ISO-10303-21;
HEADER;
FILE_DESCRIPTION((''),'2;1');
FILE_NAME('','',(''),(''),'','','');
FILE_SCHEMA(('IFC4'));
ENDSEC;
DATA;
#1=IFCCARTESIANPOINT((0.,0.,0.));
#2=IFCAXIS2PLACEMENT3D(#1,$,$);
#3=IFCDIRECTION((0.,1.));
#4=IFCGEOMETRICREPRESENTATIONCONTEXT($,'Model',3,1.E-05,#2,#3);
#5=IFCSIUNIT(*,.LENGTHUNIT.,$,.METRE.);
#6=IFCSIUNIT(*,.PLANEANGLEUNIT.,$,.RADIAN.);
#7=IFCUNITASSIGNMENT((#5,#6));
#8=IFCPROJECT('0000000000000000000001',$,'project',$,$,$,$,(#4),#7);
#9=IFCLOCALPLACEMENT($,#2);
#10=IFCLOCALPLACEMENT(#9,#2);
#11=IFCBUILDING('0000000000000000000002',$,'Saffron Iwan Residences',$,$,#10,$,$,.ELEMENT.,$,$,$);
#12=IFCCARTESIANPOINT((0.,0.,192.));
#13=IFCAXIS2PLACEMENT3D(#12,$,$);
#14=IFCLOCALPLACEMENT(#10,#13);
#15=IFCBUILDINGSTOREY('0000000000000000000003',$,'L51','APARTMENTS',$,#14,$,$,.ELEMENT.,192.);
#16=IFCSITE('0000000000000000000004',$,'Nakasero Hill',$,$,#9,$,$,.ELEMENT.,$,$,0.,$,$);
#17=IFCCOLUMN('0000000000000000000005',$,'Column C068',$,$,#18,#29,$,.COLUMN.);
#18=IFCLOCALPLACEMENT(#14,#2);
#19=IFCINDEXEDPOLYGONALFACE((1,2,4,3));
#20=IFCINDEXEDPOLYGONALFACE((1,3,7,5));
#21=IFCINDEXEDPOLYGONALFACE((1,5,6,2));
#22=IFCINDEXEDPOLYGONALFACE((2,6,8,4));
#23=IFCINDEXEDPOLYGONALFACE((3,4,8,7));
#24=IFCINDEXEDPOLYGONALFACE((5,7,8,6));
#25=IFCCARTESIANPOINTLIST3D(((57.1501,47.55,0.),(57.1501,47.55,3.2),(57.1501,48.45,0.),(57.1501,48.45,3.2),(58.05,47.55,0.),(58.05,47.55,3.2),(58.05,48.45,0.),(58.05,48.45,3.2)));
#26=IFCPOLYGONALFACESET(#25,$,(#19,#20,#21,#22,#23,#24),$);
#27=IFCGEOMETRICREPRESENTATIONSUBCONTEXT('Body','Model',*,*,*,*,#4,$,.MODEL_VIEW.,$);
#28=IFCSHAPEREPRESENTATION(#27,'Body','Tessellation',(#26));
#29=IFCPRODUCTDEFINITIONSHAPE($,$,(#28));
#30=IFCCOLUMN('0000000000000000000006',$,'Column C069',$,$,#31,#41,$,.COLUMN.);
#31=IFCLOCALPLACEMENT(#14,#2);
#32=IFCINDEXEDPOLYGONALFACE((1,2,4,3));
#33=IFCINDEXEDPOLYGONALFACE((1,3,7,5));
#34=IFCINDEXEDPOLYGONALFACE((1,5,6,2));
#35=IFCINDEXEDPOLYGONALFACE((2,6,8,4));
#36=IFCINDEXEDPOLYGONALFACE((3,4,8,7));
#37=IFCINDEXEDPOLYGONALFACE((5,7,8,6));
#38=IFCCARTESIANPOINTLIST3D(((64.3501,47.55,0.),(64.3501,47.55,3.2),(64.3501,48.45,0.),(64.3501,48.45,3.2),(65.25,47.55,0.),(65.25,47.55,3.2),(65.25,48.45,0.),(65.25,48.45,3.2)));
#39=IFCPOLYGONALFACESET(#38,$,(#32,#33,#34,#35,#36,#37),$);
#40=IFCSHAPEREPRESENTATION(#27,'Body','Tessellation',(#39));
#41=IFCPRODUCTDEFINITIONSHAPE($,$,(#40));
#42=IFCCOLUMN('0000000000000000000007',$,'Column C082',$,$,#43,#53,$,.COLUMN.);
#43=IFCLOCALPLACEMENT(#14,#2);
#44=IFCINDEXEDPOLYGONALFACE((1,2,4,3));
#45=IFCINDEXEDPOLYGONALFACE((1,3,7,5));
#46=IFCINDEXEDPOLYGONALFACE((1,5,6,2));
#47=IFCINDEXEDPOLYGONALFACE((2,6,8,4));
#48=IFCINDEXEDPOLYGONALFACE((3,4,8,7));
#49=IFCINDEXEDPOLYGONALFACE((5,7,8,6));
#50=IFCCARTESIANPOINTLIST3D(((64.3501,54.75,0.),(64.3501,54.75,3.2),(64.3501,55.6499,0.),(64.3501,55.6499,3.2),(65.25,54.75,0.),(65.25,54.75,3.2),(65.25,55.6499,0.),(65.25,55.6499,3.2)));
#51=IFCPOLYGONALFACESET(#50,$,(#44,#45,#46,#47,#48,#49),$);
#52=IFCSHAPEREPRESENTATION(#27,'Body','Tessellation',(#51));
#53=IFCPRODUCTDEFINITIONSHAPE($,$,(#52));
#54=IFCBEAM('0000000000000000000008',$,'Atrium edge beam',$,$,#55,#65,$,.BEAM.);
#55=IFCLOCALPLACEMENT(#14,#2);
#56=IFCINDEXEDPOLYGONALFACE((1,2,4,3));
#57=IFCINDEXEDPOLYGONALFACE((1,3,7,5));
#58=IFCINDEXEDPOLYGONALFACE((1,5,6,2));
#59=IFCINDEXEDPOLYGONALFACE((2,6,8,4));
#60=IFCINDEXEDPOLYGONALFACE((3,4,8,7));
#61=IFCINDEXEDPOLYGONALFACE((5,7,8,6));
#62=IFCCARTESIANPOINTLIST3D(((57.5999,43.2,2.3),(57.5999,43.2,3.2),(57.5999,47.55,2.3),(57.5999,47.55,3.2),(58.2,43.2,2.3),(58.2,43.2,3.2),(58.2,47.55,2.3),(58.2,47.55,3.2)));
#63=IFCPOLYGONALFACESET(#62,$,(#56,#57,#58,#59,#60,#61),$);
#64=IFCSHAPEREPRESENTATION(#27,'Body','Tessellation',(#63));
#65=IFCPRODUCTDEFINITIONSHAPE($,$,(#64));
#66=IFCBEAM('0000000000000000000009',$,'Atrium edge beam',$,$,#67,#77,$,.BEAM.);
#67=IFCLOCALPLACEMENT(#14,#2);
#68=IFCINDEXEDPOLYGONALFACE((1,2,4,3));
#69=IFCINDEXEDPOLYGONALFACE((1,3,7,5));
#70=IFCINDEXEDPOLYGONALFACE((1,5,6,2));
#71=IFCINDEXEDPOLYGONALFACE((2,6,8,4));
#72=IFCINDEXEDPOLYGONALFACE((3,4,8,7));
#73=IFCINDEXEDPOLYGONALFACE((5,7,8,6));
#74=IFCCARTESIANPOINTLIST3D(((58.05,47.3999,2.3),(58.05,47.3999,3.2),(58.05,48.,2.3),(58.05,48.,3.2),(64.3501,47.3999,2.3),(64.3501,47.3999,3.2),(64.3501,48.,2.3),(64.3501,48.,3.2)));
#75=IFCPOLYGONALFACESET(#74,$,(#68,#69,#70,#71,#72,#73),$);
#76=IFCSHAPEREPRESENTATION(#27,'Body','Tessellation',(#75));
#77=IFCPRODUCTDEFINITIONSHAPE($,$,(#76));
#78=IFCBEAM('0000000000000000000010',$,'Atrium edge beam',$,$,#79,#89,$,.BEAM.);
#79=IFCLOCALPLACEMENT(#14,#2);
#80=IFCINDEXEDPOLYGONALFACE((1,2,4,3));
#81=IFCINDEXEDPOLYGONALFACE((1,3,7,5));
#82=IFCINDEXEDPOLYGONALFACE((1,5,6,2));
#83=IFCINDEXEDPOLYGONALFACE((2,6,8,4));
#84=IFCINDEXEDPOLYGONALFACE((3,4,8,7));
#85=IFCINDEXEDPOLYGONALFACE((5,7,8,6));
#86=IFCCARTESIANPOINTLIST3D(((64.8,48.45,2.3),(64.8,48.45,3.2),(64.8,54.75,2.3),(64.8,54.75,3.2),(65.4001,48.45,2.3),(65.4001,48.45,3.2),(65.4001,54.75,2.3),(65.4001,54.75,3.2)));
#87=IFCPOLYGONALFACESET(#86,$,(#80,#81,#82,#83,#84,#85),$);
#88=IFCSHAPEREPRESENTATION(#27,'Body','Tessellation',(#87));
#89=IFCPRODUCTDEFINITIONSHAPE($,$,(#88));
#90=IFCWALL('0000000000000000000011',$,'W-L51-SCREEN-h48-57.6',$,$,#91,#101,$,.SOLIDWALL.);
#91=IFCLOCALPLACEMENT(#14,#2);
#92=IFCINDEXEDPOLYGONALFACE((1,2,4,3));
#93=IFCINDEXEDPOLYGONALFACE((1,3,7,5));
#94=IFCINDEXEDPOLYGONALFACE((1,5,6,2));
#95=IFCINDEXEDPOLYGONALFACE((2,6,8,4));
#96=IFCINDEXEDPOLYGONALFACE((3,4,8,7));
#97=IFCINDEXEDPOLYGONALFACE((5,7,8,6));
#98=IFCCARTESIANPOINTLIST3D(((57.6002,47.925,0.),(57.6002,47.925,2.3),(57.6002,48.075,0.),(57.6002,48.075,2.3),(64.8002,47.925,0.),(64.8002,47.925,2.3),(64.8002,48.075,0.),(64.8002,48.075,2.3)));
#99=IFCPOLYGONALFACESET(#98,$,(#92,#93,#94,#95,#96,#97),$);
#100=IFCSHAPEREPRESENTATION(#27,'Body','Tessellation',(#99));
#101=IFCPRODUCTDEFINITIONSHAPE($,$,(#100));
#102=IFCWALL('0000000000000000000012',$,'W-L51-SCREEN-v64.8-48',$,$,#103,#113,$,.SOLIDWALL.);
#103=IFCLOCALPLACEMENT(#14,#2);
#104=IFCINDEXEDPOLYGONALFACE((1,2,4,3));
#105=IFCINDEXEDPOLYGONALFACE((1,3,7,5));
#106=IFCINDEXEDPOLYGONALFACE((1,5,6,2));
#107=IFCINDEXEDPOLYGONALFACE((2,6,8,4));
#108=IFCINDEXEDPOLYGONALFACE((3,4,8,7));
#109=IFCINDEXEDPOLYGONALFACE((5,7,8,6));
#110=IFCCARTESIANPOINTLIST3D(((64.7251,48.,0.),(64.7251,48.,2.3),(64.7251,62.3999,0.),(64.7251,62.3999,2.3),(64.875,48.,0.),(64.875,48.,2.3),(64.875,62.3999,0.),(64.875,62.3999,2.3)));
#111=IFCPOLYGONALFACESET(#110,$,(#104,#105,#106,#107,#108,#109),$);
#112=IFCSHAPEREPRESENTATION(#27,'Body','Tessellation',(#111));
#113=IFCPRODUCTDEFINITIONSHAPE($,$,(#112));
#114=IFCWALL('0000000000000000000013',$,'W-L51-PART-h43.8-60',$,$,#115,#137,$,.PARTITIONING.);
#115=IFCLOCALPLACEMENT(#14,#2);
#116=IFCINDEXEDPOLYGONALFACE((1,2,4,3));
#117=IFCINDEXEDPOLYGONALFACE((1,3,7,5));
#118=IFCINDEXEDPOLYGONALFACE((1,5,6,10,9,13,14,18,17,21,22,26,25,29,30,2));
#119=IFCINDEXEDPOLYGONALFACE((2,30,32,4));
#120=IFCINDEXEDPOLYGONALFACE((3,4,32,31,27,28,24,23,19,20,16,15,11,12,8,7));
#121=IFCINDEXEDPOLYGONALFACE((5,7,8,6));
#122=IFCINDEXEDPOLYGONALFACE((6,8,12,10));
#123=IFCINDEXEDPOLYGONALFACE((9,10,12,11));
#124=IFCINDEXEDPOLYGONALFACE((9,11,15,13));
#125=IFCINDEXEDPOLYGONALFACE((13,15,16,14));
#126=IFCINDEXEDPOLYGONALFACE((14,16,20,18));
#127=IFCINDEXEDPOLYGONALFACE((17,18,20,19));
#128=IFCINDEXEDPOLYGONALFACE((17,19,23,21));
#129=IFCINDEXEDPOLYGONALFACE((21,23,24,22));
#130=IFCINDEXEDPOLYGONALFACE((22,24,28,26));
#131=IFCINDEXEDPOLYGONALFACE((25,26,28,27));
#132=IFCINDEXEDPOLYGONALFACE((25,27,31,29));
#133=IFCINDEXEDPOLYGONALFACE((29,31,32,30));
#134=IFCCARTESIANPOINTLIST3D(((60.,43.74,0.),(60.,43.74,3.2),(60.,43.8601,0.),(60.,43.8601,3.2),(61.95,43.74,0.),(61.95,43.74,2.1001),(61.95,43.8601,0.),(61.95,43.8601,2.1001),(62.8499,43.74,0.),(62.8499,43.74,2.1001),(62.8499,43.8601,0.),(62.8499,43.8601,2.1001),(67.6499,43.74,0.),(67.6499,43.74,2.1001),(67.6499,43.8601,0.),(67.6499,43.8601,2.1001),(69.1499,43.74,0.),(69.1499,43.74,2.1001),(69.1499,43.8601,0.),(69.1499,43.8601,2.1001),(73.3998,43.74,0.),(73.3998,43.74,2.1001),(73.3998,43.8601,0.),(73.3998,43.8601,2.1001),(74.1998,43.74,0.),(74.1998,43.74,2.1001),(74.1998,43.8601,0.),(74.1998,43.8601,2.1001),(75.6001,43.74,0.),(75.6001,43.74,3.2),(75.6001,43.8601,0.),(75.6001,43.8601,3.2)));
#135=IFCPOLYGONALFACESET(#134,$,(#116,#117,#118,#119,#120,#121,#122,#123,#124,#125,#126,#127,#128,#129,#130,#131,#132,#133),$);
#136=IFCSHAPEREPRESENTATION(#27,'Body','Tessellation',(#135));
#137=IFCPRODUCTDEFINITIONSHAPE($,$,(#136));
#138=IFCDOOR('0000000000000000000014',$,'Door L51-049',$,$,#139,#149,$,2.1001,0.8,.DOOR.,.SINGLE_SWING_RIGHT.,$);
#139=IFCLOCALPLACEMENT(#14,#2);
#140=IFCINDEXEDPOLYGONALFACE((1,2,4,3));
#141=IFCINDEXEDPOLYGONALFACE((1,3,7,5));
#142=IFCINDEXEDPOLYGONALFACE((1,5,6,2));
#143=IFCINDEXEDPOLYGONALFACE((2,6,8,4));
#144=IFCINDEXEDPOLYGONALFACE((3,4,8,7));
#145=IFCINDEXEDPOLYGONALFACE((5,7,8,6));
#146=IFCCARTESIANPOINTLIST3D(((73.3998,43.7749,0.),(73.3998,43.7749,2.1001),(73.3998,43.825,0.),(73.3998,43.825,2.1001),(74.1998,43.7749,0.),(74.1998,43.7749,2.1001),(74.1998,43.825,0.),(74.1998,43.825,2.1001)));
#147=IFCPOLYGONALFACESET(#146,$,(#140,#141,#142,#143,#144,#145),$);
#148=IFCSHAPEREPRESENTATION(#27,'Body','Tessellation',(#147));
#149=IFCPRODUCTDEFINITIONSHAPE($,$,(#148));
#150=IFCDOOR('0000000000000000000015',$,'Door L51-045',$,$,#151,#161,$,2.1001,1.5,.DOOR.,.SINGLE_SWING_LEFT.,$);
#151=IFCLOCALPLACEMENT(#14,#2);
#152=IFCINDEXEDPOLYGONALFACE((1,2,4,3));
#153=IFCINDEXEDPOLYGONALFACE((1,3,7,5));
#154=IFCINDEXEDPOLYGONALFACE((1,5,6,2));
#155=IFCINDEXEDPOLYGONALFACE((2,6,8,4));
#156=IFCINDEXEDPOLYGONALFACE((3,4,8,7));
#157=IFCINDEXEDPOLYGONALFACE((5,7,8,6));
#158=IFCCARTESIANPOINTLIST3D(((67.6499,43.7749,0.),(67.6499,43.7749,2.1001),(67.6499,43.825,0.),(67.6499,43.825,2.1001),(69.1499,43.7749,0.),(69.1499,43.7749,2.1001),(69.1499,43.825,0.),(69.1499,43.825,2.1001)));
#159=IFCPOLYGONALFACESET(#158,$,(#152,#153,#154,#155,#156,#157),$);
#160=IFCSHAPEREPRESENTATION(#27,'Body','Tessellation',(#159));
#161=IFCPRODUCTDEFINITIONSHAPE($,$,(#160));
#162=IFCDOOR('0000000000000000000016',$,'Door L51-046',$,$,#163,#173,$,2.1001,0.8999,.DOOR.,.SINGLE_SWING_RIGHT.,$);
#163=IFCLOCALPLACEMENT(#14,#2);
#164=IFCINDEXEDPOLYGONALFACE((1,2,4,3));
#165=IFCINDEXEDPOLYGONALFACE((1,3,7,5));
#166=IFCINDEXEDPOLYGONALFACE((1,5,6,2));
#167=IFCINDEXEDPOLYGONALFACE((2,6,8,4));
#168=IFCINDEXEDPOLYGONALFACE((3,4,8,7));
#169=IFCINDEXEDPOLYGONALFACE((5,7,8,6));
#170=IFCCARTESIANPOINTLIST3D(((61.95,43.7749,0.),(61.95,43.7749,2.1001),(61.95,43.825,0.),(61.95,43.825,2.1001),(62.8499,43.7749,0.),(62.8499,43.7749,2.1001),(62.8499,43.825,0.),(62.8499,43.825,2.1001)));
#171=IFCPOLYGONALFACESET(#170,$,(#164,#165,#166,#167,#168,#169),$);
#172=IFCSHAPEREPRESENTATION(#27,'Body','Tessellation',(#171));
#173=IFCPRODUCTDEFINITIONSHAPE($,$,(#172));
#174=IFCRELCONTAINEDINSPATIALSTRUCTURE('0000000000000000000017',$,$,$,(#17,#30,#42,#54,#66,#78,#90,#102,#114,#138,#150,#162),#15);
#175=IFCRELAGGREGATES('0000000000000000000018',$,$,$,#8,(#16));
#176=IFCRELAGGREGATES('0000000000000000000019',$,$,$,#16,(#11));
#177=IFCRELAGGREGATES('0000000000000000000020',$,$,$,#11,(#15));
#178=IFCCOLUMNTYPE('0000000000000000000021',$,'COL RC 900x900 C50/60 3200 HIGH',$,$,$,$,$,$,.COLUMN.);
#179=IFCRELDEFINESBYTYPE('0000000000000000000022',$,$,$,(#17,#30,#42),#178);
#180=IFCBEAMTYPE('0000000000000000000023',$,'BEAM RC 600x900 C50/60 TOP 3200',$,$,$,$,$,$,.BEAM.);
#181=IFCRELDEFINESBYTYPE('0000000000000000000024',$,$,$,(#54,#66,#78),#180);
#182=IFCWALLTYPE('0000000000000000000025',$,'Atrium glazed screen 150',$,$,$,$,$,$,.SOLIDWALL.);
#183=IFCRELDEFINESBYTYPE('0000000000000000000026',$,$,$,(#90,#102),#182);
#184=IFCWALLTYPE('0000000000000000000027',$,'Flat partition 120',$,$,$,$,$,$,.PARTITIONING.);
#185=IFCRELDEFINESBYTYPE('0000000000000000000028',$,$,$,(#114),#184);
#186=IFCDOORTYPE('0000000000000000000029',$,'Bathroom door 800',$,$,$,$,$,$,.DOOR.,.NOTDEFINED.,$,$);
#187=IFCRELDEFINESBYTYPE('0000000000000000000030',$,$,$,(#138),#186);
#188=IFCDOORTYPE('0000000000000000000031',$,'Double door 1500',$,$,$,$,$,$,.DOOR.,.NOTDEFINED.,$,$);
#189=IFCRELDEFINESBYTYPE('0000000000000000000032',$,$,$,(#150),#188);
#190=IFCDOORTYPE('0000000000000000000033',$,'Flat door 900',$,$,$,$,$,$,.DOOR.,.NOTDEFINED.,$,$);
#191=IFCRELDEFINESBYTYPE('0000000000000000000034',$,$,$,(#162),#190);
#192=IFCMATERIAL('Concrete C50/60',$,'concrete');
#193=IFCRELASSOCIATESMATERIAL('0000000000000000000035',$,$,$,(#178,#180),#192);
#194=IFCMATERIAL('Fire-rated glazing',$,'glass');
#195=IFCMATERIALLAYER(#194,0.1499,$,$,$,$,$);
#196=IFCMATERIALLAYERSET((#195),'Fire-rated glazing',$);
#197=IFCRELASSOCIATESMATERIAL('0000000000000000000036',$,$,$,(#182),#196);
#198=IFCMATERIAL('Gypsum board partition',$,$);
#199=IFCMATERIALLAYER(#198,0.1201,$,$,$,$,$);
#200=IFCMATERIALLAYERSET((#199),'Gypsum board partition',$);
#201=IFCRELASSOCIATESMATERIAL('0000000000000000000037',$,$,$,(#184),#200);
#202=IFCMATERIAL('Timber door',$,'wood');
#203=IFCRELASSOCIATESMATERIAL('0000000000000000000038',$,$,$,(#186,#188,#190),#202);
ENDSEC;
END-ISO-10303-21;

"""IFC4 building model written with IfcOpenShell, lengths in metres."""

from ifc_helpers import new_model, si_unit, direction, frame, frame_2d, origin, origin_2d, place, context, subcontext, project, spatial, rectangle, extrude, source, transform, mapped, material, layer, layer_set, material_profile, profile_set, type_object, element, fill, save


model = new_model("IFC4")

# Units and contexts
model_context = context("Model", 3, precision=1e-05, world=origin(), true_north=direction((0.0, 1.0)))
body_context = subcontext(model_context, "Body", "Model", "MODEL_VIEW")
ifc_project = project(units=[si_unit("LENGTHUNIT", "METRE"), si_unit("PLANEANGLEUNIT", "RADIAN")], contexts=[model_context])

# Site, building, storey
site_placement = place(None, origin())
site = spatial("IfcSite", under=ifc_project, at=site_placement, Name="Nakasero Hill", CompositionType="ELEMENT", RefElevation=0.0)
building_placement = place(site_placement, origin())
building = spatial("IfcBuilding", under=site, at=building_placement, Name="Saffron Iwan Residences", CompositionType="ELEMENT")
storey_placement = place(building_placement, frame((0.0, 0.0, 192.0)))
storey = spatial("IfcBuildingStorey", under=building, at=storey_placement, Name="L51", Description="APARTMENTS", CompositionType="ELEMENT", Elevation=192.0)

# Columns
ifc_material_1 = material(Name="Concrete C50/60", Category="concrete")
ifc_material_profile_1 = material_profile(ifc_material_1, rectangle(XDim=0.8999, YDim=0.8999, at=origin_2d()), Name="RC 900x900")
ifc_profile_set_1 = profile_set([ifc_material_profile_1], Name="Concrete C50/60")
column_type = type_object("IfcColumnType", Name="COL RC 900x900 C50/60 3200 HIGH", PredefinedType="COLUMN", material=ifc_profile_set_1)
shared_shape_1 = source(origin(), body_context, "Body", "SweptSolid", [
    extrude(rectangle(XDim=0.8999, YDim=0.8999, at=origin_2d()), origin(), (0.0, 0.0, 1.0), 3.2),
])
for number, where, z_axis, x_axis, name in (
    (1, (57.6001, 48.0, 0.0), (0.0, 0.0, 1.0), (1.0, 0.0, 0.0), "Column C068"),
    (2, (64.8, 48.0, 0.0), (0.0, 0.0, 1.0), (1.0, 0.0, 0.0), "Column C069"),
    (3, (64.8, 55.2, 0.0), (0.0, 0.0, 1.0), (1.0, 0.0, 0.0), "Column C082"),
):
    element("IfcColumn", number, at=place(storey_placement, frame(where, z_axis=z_axis, x_axis=x_axis)), inside=storey, type_object=column_type, Name=name, PredefinedType="COLUMN", context=body_context, shape_type="MappedRepresentation", body=[
        mapped(shared_shape_1, transform((0.0, 0.0, 0.0))),
    ])

# Beams
ifc_material_profile_2 = material_profile(ifc_material_1, rectangle(XDim=0.6001, YDim=0.8999, at=origin_2d()), Name="RC 600x900")
ifc_profile_set_2 = profile_set([ifc_material_profile_2], Name="Concrete C50/60")
beam_type = type_object("IfcBeamType", Name="BEAM RC 600x900 C50/60 TOP 3200", PredefinedType="BEAM", material=ifc_profile_set_2)
shared_shape_2 = source(origin(), body_context, "Body", "SweptSolid", [
    extrude(rectangle(XDim=0.6001, YDim=0.8999, at=origin_2d()), origin(), (0.0, 0.0, 1.0), 4.3501),
])
beam_placement = place(storey_placement, frame((57.8999, 47.55, 2.75), z_axis=(0.0, -1.0, 0.0), x_axis=(1.0, 0.0, 0.0)))
element("IfcBeam", 4, at=beam_placement, inside=storey, type_object=beam_type, Name="Atrium edge beam", PredefinedType="BEAM", context=body_context, shape_type="MappedRepresentation", body=[
    mapped(shared_shape_2, transform((0.0, 0.0, 0.0))),
])
shared_shape_3 = source(origin(), body_context, "Body", "SweptSolid", [
    extrude(rectangle(XDim=0.6001, YDim=0.8999, at=origin_2d()), origin(), (0.0, 0.0, 1.0), 6.3),
])
for number, where, z_axis, x_axis, name in (
    (5, (64.3501, 47.7, 2.75), (-1.0, 0.0, 0.0), (0.0, -1.0, 0.0), "Atrium edge beam"),
    (6, (65.1001, 54.75, 2.75), (0.0, -1.0, 0.0), (1.0, 0.0, 0.0), "Atrium edge beam"),
):
    element("IfcBeam", number, at=place(storey_placement, frame(where, z_axis=z_axis, x_axis=x_axis)), inside=storey, type_object=beam_type, Name=name, PredefinedType="BEAM", context=body_context, shape_type="MappedRepresentation", body=[
        mapped(shared_shape_3, transform((0.0, 0.0, 0.0))),
    ])

# Walls
ifc_material_2 = material(Name="Fire-rated glazing", Category="glass")
ifc_layer_1 = layer(ifc_material_2, 0.1499)
ifc_layer_set_1 = layer_set([ifc_layer_1], Name="Fire-rated glazing")
wall_type_1 = type_object("IfcWallType", Name="Atrium glazed screen 150", PredefinedType="SOLIDWALL", material=ifc_layer_set_1)
wall_1_placement = place(storey_placement, frame((57.6001, 48.0, 0.0), z_axis=(0.0, 0.0, 1.0), x_axis=(1.0, 0.0, 0.0)))
element("IfcWall", 7, at=wall_1_placement, inside=storey, type_object=wall_type_1, Name="W-L51-SCREEN-h48-57.6", PredefinedType="SOLIDWALL", context=body_context, shape_type="SweptSolid", body=[
    extrude(rectangle(XDim=7.2, YDim=0.1499, at=frame_2d((3.6001, 0.0))), origin(), (0.0, 0.0, 1.0), 2.3),
])
wall_2_placement = place(storey_placement, frame((64.8, 48.0, 0.0), z_axis=(0.0, 0.0, 1.0), x_axis=(0.0, 1.0, 0.0)))
element("IfcWall", 8, at=wall_2_placement, inside=storey, type_object=wall_type_1, Name="W-L51-SCREEN-v64.8-48", PredefinedType="SOLIDWALL", context=body_context, shape_type="SweptSolid", body=[
    extrude(rectangle(XDim=14.3999, YDim=0.1499, at=frame_2d((7.2, 0.0))), origin(), (0.0, 0.0, 1.0), 2.3),
])

# Wall, openings, doors
ifc_material_3 = material(Name="Gypsum board partition")
ifc_layer_2 = layer(ifc_material_3, 0.1201)
ifc_layer_set_2 = layer_set([ifc_layer_2], Name="Gypsum board partition")
wall_type_2 = type_object("IfcWallType", Name="Flat partition 120", PredefinedType="PARTITIONING", material=ifc_layer_set_2)
wall_3_placement = place(storey_placement, frame((60.0, 43.8, 0.0), z_axis=(0.0, 0.0, 1.0), x_axis=(1.0, 0.0, 0.0)))
wall_3 = element("IfcWall", 9, at=wall_3_placement, inside=storey, type_object=wall_type_2, Name="W-L51-PART-h43.8-60", PredefinedType="PARTITIONING", context=body_context, shape_type="SweptSolid", body=[
    extrude(rectangle(XDim=15.6001, YDim=0.1201, at=frame_2d((7.8, 0.0))), origin(), (0.0, 0.0, 1.0), 3.2),
])
opening_1_placement = place(wall_3_placement, frame((7.6499, 0.0, 0.0)))
opening_1 = element("IfcOpeningElement", 10, at=opening_1_placement, cuts=wall_3, PredefinedType="OPENING", context=body_context, shape_type="SweptSolid", body=[
    extrude(rectangle(XDim=1.5, YDim=2.1001, at=frame_2d((0.75, 1.05))), frame((0.0, 0.0701, 0.0), z_axis=(0.0, -1.0, 0.0), x_axis=(1.0, 0.0, 0.0)), (0.0, 0.0, 1.0), 0.1401),
])
opening_2_placement = place(wall_3_placement, frame((1.95, 0.0, 0.0)))
opening_2 = element("IfcOpeningElement", 11, at=opening_2_placement, cuts=wall_3, PredefinedType="OPENING", context=body_context, shape_type="SweptSolid", body=[
    extrude(rectangle(XDim=0.8999, YDim=2.1001, at=frame_2d((0.45, 1.05))), frame((0.0, 0.0701, 0.0), z_axis=(0.0, -1.0, 0.0), x_axis=(1.0, 0.0, 0.0)), (0.0, 0.0, 1.0), 0.1401),
])
opening_3_placement = place(wall_3_placement, frame((13.3999, 0.0, 0.0)))
opening_3 = element("IfcOpeningElement", 12, at=opening_3_placement, cuts=wall_3, PredefinedType="OPENING", context=body_context, shape_type="SweptSolid", body=[
    extrude(rectangle(XDim=0.8, YDim=2.1001, at=frame_2d((0.3999, 1.05))), frame((0.0, 0.0701, 0.0), z_axis=(0.0, -1.0, 0.0), x_axis=(1.0, 0.0, 0.0)), (0.0, 0.0, 1.0), 0.1401),
])
ifc_material_4 = material(Name="Timber door", Category="wood")
door_type_1 = type_object("IfcDoorType", Name="Bathroom door 800", OperationType="NOTDEFINED", PredefinedType="DOOR", material=ifc_material_4)
door_1_placement = place(opening_3_placement, origin())
door_1 = element("IfcDoor", 13, at=door_1_placement, inside=storey, type_object=door_type_1, Name="Door L51-049", OperationType="SINGLE_SWING_RIGHT", OverallHeight=2.1001, OverallWidth=0.8, PredefinedType="DOOR", context=body_context, shape_type="SweptSolid", body=[
    extrude(rectangle(XDim=0.8, YDim=2.1001, at=frame_2d((0.3999, 1.05))), frame((0.0, 0.0249, 0.0), z_axis=(0.0, -1.0, 0.0), x_axis=(1.0, 0.0, 0.0)), (0.0, 0.0, 1.0), 0.05),
])
fill(opening_3, door_1)
door_type_2 = type_object("IfcDoorType", Name="Double door 1500", OperationType="NOTDEFINED", PredefinedType="DOOR", material=ifc_material_4)
door_2_placement = place(opening_1_placement, origin())
door_2 = element("IfcDoor", 14, at=door_2_placement, inside=storey, type_object=door_type_2, Name="Door L51-045", OperationType="SINGLE_SWING_LEFT", OverallHeight=2.1001, OverallWidth=1.5, PredefinedType="DOOR", context=body_context, shape_type="SweptSolid", body=[
    extrude(rectangle(XDim=1.5, YDim=2.1001, at=frame_2d((0.75, 1.05))), frame((0.0, 0.0249, 0.0), z_axis=(0.0, -1.0, 0.0), x_axis=(1.0, 0.0, 0.0)), (0.0, 0.0, 1.0), 0.05),
])
fill(opening_1, door_2)
door_type_3 = type_object("IfcDoorType", Name="Flat door 900", OperationType="NOTDEFINED", PredefinedType="DOOR", material=ifc_material_4)
door_3_placement = place(opening_2_placement, origin())
door_3 = element("IfcDoor", 15, at=door_3_placement, inside=storey, type_object=door_type_3, Name="Door L51-046", OperationType="SINGLE_SWING_RIGHT", OverallHeight=2.1001, OverallWidth=0.8999, PredefinedType="DOOR", context=body_context, shape_type="SweptSolid", body=[
    extrude(rectangle(XDim=0.8999, YDim=2.1001, at=frame_2d((0.45, 1.05))), frame((0.0, 0.0249, 0.0), z_axis=(0.0, -1.0, 0.0), x_axis=(1.0, 0.0, 0.0)), (0.0, 0.0, 1.0), 0.05),
])
fill(opening_2, door_3)

save(model, "model.ifc")
